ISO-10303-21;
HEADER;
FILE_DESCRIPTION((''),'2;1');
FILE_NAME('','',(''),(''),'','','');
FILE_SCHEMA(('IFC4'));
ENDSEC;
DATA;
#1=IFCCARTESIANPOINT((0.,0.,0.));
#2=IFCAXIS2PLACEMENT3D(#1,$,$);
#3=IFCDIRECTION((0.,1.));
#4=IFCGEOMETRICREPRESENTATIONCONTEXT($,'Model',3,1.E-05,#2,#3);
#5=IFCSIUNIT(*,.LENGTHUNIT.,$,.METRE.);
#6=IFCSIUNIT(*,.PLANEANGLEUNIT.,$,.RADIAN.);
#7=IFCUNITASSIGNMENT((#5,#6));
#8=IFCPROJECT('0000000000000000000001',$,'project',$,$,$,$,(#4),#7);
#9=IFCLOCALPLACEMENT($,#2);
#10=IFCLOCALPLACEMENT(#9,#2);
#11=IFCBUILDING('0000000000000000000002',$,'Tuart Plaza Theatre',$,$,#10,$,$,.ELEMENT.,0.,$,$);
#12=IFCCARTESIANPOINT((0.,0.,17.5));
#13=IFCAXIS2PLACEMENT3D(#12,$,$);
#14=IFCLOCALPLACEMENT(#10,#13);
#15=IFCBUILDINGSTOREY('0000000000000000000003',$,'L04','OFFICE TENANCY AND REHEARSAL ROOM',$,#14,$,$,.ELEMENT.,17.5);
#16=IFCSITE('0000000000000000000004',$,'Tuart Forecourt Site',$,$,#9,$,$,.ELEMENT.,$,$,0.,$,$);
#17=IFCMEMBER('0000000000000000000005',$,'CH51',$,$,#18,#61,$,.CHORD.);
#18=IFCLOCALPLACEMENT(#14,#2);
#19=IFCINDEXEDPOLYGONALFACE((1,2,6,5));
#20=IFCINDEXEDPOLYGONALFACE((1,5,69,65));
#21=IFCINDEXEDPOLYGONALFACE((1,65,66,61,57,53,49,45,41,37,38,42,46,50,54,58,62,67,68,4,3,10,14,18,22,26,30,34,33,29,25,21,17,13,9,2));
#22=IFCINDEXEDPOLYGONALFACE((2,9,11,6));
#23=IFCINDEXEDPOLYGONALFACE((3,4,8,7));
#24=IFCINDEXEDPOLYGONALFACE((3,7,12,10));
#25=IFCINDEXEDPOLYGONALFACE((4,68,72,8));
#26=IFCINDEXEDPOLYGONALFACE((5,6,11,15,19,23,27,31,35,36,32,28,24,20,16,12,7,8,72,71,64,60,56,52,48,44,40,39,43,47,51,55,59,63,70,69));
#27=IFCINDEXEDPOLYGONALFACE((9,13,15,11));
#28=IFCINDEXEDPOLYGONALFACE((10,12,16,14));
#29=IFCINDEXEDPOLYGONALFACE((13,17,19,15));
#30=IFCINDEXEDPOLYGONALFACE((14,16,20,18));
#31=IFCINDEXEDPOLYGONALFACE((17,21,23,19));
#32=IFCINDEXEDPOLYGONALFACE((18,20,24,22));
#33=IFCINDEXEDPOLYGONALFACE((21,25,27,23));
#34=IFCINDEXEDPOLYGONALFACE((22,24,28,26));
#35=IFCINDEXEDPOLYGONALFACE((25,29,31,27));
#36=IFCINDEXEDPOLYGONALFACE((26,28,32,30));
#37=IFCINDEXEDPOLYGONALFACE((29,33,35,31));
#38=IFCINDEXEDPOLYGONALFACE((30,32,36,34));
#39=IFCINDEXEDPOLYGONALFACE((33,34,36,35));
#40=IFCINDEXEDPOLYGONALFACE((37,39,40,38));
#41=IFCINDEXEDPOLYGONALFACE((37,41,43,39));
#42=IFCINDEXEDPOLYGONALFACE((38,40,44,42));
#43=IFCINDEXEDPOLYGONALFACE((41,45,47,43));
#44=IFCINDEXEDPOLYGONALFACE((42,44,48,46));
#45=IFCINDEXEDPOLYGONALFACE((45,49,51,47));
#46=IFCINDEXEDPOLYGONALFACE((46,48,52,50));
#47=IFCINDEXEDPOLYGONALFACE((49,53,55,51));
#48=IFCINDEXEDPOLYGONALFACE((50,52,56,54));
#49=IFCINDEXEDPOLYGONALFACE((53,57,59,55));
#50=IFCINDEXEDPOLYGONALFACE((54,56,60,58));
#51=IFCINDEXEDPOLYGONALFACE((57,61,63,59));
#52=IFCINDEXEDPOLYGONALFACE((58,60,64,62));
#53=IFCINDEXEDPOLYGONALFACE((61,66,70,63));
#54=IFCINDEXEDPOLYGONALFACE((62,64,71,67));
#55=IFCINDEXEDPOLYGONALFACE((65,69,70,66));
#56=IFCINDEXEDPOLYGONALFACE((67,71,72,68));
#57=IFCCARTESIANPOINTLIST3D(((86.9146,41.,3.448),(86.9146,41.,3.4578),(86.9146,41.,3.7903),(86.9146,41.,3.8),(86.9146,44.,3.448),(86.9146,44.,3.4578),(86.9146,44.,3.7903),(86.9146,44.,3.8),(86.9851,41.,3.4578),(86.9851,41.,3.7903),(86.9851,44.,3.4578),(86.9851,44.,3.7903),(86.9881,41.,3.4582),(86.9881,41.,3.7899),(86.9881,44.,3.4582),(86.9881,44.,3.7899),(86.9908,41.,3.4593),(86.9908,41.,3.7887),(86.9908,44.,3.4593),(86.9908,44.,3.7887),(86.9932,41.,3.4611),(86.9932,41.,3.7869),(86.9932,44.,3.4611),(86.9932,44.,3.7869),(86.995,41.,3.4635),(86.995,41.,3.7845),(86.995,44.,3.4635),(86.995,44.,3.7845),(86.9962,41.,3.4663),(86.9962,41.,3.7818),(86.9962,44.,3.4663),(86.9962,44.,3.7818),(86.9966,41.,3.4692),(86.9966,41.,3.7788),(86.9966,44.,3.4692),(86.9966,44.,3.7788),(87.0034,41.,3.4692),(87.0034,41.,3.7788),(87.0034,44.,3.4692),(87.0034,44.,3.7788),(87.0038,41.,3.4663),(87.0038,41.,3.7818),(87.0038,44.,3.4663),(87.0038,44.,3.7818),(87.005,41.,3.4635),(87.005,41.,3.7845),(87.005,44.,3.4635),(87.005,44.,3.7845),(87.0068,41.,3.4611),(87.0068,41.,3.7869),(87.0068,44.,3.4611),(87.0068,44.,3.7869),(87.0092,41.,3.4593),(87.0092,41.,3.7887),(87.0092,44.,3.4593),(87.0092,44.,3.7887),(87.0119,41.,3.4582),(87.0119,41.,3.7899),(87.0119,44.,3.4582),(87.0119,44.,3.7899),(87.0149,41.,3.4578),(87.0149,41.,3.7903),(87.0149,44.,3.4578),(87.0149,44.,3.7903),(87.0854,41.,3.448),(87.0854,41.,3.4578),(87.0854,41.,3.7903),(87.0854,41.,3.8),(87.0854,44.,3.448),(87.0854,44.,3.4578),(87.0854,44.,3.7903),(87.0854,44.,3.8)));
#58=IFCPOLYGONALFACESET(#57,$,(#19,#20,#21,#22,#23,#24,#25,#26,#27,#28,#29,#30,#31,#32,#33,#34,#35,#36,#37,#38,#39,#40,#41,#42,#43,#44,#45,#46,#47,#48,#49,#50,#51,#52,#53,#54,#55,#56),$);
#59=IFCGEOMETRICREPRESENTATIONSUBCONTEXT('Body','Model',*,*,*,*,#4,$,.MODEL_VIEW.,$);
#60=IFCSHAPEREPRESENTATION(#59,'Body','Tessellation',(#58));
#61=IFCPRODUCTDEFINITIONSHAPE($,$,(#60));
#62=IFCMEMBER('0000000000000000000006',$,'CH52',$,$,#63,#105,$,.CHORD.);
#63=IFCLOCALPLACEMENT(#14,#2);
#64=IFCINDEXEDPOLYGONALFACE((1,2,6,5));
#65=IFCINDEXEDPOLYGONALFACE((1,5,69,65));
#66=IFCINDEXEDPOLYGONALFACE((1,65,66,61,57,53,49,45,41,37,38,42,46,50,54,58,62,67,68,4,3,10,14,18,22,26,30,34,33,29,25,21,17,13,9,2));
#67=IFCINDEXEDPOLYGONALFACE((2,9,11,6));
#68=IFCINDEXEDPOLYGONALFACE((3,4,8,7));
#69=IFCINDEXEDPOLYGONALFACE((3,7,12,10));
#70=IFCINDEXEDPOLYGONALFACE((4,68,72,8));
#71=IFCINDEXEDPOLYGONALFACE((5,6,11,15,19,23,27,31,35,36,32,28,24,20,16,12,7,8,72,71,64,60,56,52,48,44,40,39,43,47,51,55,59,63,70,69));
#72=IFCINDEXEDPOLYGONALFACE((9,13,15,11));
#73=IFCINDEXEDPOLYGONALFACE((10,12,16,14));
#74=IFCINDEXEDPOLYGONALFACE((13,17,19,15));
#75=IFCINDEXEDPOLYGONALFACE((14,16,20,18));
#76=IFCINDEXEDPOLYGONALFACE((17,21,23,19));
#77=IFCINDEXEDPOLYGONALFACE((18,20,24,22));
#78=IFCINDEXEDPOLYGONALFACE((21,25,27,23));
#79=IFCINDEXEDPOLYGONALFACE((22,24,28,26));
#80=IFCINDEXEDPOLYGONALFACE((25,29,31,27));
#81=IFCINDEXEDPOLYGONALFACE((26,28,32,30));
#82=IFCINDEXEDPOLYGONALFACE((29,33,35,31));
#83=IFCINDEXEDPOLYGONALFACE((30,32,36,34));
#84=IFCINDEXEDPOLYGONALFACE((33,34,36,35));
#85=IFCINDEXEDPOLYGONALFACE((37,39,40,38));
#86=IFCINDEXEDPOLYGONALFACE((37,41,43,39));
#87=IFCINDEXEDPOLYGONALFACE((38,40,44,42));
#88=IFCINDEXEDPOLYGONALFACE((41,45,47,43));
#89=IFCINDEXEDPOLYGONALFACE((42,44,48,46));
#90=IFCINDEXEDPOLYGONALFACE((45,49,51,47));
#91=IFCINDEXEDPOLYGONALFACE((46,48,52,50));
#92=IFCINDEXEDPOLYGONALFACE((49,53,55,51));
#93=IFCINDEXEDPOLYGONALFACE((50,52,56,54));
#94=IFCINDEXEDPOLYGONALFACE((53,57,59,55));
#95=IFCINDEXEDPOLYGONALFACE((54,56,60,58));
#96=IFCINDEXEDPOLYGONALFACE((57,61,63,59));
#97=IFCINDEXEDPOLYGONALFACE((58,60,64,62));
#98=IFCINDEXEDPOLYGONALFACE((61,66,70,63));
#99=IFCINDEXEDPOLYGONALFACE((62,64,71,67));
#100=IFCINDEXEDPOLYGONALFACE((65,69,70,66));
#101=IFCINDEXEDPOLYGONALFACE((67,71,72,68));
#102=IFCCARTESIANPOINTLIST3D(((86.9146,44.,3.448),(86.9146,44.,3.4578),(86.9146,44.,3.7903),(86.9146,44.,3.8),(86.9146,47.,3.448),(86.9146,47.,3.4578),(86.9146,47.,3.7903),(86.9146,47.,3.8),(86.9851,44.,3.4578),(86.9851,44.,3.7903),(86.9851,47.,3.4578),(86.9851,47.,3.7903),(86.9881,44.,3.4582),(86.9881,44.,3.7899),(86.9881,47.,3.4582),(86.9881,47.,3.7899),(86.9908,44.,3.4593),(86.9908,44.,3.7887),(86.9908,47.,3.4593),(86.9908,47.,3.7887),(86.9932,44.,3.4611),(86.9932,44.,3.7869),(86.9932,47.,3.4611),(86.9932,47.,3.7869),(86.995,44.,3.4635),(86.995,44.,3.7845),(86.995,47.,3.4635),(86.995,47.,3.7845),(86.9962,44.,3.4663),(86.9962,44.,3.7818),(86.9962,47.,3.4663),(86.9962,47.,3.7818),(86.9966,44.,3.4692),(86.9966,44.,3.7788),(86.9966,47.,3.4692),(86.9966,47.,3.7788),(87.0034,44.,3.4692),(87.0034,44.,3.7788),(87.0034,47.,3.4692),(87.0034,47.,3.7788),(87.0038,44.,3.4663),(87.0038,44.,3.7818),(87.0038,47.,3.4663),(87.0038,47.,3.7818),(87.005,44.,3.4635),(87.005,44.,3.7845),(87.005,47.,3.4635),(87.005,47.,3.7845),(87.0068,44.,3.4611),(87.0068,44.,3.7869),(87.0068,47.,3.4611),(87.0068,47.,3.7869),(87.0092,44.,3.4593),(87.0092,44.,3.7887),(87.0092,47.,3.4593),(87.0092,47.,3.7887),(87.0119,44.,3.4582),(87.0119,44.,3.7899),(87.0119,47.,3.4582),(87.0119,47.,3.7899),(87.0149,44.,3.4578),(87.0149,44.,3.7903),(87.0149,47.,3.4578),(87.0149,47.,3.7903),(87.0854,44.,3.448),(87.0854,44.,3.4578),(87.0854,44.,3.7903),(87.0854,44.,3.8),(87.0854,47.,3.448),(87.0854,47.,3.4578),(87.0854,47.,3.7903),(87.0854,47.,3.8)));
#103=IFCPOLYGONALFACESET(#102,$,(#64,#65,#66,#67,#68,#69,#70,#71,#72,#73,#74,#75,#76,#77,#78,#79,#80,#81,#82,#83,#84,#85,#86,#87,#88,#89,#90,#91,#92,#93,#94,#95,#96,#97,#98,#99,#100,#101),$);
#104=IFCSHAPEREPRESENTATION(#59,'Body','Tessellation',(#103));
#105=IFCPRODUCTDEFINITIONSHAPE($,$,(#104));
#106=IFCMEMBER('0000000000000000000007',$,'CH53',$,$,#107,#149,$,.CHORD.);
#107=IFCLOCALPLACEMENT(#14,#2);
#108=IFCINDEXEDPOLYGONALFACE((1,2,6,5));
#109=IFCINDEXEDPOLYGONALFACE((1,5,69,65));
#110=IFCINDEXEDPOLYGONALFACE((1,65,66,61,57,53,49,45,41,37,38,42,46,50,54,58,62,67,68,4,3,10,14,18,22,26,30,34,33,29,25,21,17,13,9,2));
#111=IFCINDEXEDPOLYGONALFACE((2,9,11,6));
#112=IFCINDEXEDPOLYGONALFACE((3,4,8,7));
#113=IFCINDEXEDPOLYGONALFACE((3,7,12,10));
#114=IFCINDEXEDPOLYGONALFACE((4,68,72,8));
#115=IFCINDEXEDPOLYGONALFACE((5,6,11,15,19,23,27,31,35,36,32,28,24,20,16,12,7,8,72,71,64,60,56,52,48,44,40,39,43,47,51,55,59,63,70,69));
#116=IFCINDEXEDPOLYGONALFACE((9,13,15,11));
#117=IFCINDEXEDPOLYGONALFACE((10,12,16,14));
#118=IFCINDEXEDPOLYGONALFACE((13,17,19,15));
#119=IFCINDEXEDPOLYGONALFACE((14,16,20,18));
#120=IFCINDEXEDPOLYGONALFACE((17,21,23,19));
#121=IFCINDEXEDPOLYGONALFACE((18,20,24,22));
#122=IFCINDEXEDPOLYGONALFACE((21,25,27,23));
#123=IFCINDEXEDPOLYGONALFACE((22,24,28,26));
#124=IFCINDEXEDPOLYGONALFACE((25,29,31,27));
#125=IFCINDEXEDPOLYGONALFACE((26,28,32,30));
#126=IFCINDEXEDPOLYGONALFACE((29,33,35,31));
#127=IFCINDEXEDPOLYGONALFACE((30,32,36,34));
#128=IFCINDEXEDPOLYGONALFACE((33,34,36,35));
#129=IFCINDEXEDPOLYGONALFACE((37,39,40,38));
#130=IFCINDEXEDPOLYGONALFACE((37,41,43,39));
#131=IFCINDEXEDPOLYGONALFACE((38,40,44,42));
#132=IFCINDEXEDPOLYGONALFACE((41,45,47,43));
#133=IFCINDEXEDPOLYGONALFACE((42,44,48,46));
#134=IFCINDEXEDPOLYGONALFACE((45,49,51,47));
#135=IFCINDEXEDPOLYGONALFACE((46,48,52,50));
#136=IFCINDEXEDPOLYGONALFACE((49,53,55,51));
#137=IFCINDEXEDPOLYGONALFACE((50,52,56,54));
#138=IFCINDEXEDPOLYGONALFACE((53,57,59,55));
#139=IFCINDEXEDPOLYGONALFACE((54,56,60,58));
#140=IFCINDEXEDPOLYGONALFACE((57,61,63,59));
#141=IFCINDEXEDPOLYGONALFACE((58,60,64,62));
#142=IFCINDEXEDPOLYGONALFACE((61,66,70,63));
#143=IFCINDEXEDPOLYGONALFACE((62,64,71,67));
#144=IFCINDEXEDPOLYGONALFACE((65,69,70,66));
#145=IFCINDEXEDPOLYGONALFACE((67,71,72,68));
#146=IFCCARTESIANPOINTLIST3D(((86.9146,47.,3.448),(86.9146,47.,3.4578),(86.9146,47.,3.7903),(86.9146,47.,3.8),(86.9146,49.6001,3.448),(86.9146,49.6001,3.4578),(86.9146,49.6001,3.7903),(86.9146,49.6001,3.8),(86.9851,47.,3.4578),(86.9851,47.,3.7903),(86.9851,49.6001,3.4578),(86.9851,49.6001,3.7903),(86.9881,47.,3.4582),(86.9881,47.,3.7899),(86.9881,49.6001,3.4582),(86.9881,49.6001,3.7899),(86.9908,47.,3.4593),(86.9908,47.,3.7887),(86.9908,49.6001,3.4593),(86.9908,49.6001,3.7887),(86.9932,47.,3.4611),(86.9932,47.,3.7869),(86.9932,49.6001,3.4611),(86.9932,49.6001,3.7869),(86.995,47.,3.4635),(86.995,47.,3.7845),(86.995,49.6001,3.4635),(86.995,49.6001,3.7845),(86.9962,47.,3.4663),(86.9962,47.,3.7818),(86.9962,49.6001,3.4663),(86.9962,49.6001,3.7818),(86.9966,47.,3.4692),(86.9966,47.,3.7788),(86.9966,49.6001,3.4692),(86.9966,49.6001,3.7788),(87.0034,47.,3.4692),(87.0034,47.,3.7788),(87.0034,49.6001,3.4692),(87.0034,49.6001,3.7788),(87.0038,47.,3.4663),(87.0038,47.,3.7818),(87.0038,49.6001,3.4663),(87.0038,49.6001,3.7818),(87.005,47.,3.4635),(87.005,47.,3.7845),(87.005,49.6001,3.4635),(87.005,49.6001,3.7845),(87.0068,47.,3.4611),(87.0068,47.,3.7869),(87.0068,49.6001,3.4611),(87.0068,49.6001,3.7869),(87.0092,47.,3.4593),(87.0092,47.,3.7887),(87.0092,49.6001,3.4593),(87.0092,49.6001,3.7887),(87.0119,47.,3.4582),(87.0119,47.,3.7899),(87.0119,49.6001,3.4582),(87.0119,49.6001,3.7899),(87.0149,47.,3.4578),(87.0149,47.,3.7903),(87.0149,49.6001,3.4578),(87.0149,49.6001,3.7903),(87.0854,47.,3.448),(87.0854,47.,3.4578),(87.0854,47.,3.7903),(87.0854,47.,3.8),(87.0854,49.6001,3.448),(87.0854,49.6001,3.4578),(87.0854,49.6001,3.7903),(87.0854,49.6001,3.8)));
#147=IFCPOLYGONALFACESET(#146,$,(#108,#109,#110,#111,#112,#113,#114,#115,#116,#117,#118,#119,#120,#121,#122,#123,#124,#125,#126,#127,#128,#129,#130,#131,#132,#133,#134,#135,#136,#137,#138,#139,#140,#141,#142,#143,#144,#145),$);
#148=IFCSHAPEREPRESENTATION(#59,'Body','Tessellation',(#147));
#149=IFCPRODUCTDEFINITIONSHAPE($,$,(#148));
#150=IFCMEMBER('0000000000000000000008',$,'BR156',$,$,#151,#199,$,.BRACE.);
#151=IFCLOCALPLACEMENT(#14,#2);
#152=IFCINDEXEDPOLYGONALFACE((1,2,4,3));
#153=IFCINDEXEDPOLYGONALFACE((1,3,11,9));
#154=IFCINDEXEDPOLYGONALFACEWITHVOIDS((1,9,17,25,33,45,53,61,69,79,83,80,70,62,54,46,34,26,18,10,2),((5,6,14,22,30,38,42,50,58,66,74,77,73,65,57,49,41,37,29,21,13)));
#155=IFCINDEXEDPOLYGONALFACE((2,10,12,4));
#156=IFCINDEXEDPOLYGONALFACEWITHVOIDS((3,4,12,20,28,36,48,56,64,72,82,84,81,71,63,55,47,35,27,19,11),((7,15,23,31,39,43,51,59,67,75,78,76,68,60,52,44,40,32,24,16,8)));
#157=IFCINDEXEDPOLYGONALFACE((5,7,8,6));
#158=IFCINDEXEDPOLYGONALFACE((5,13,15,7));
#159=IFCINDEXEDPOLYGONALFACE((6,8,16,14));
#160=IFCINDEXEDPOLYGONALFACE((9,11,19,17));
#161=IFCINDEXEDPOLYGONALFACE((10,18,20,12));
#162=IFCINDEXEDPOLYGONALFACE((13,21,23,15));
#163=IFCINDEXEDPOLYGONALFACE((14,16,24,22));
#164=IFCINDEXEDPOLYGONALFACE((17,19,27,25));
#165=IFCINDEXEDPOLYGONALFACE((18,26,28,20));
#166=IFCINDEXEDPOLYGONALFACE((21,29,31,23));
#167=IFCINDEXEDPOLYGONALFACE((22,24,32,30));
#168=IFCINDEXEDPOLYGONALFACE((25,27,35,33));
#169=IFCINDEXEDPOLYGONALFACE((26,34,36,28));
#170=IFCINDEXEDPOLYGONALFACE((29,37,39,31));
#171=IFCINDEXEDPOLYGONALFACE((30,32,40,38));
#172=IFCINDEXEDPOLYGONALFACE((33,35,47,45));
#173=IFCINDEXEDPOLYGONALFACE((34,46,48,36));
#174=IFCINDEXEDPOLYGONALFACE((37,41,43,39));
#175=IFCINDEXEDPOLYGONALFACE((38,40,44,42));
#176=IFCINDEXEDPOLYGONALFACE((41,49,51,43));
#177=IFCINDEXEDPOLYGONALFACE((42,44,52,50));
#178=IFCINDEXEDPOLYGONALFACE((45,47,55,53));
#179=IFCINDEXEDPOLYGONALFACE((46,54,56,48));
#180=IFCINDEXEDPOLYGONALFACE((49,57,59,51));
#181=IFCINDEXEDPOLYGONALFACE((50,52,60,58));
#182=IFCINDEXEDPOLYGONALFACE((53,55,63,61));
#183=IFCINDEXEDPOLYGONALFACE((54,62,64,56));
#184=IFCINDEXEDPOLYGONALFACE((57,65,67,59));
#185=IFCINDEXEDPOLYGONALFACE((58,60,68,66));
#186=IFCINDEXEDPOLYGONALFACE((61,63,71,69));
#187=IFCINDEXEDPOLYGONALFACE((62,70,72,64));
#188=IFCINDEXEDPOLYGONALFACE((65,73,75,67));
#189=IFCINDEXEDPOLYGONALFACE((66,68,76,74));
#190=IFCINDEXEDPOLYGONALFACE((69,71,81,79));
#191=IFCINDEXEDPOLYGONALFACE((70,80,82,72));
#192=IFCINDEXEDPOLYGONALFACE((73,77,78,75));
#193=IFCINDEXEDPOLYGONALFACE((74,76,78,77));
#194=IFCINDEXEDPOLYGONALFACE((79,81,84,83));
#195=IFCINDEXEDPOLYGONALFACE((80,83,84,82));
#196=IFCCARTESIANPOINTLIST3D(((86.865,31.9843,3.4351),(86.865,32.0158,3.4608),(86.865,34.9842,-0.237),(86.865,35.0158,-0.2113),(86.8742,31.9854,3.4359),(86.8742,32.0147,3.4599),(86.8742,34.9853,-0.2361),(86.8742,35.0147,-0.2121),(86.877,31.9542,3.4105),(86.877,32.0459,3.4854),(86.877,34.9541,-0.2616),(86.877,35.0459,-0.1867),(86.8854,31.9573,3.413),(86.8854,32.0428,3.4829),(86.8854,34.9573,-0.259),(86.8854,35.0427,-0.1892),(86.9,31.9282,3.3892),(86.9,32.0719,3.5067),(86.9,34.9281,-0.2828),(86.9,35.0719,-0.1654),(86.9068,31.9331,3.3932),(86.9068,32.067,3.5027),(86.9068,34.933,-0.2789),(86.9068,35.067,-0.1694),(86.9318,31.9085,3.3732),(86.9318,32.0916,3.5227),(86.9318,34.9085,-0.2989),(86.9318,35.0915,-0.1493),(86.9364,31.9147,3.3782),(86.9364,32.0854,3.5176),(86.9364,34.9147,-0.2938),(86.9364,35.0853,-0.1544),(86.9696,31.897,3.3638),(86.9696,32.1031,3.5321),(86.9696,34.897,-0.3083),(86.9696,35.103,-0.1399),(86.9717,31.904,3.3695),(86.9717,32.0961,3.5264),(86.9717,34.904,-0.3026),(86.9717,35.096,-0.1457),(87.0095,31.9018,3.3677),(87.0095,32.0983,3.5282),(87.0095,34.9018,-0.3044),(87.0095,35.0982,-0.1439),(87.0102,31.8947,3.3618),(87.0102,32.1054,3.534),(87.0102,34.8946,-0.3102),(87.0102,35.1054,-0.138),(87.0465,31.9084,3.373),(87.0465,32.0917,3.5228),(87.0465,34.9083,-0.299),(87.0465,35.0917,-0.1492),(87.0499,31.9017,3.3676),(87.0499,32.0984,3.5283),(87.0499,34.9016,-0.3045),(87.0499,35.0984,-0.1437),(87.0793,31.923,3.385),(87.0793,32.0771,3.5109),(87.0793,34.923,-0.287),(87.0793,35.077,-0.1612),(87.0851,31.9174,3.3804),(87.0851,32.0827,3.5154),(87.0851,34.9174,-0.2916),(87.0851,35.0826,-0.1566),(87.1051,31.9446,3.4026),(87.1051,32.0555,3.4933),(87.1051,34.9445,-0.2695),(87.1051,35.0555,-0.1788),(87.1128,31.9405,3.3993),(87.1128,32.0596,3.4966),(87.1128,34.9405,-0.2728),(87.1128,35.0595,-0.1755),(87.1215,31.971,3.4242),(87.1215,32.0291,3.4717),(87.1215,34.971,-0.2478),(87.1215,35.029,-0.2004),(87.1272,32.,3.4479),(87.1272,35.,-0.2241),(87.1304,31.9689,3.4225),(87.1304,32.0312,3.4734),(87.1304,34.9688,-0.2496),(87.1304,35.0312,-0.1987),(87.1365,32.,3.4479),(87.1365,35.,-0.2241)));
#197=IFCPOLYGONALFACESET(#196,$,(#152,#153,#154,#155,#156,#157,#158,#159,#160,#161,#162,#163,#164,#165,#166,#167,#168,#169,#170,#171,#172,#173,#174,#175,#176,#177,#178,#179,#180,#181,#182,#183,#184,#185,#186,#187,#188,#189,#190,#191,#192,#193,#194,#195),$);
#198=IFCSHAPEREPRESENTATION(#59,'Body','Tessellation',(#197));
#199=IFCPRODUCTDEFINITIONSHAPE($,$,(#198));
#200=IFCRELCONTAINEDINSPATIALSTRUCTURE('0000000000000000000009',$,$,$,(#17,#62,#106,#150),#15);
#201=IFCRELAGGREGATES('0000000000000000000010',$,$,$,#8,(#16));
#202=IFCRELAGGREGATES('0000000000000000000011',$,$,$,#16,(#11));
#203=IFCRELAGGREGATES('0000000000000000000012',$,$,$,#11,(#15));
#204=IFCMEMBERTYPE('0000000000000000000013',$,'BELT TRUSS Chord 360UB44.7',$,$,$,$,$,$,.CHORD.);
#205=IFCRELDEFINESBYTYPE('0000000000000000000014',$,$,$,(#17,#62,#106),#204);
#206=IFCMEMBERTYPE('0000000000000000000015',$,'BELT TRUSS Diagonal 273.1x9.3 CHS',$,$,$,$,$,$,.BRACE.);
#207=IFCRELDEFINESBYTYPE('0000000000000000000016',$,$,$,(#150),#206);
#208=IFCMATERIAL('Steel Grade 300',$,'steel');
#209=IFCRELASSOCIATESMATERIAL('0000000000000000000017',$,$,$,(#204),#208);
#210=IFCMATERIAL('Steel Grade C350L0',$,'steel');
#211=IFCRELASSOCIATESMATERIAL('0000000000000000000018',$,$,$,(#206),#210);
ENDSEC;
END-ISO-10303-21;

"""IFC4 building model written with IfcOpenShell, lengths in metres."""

from ifc_helpers import new_model, si_unit, direction, frame, origin, origin_2d, place, context, subcontext, project, spatial, hollow_circle, i_section, extrude, material, material_profile, profile_set, type_object, element, save


model = new_model("IFC4")

# Units and contexts
model_context = context("Model", 3, precision=1e-05, world=origin(), true_north=direction((0.0, 1.0)))
body_context = subcontext(model_context, "Body", "Model", "MODEL_VIEW")
ifc_project = project(units=[si_unit("LENGTHUNIT", "METRE"), si_unit("PLANEANGLEUNIT", "RADIAN")], contexts=[model_context])

# Site, building, storey
site_placement = place(None, origin())
site = spatial("IfcSite", under=ifc_project, at=site_placement, Name="Tuart Forecourt Site", CompositionType="ELEMENT", RefElevation=0.0)
building_placement = place(site_placement, origin())
building = spatial("IfcBuilding", under=site, at=building_placement, Name="Tuart Plaza Theatre", CompositionType="ELEMENT", ElevationOfRefHeight=0.0)
storey_placement = place(building_placement, frame((0.0, 0.0, 17.5)))
storey = spatial("IfcBuildingStorey", under=building, at=storey_placement, Name="L04", Description="OFFICE TENANCY AND REHEARSAL ROOM", CompositionType="ELEMENT", Elevation=17.5)

# Members
ifc_material_1 = material(Name="Steel Grade 300", Category="steel")
ifc_material_profile_1 = material_profile(ifc_material_1, i_section(OverallWidth=0.1709, OverallDepth=0.3521, WebThickness=0.0068, FlangeThickness=0.0098, FilletRadius=0.0115, at=origin_2d()), Name="360UB44.7")
ifc_profile_set_1 = profile_set([ifc_material_profile_1], Name="Steel Grade 300")
member_type_1 = type_object("IfcMemberType", Name="BELT TRUSS Chord 360UB44.7", PredefinedType="CHORD", material=ifc_profile_set_1)
for number, where, z_axis, x_axis, name in (
    (1, (87.0, 41.0, 3.624), (0.0, 1.0, 0.0), (-1.0, 0.0, 0.0), "CH51"),
    (2, (87.0, 44.0, 3.624), (0.0, 1.0, 0.0), (-1.0, 0.0, 0.0), "CH52"),
):
    element("IfcMember", number, at=place(storey_placement, frame(where, z_axis=z_axis, x_axis=x_axis)), inside=storey, type_object=member_type_1, Name=name, PredefinedType="CHORD", context=body_context, shape_type="SweptSolid", body=[
        extrude(i_section(OverallWidth=0.1709, OverallDepth=0.3521, WebThickness=0.0068, FlangeThickness=0.0098, FilletRadius=0.0115, at=origin_2d()), origin(), (0.0, 0.0, 1.0), 3.0),
    ])
member_1_placement = place(storey_placement, frame((87.0, 47.0, 3.624), z_axis=(0.0, 1.0, 0.0), x_axis=(-1.0, 0.0, 0.0)))
element("IfcMember", 3, at=member_1_placement, inside=storey, type_object=member_type_1, Name="CH53", PredefinedType="CHORD", context=body_context, shape_type="SweptSolid", body=[
    extrude(i_section(OverallWidth=0.1709, OverallDepth=0.3521, WebThickness=0.0068, FlangeThickness=0.0098, FilletRadius=0.0115, at=origin_2d()), origin(), (0.0, 0.0, 1.0), 2.6001),
])
ifc_material_2 = material(Name="Steel Grade C350L0", Category="steel")
ifc_material_profile_2 = material_profile(ifc_material_2, hollow_circle(Radius=0.1365, WallThickness=0.0093, at=origin_2d()), Name="273.1x9.3 CHS")
ifc_profile_set_2 = profile_set([ifc_material_profile_2], Name="Steel Grade C350L0")
member_type_2 = type_object("IfcMemberType", Name="BELT TRUSS Diagonal 273.1x9.3 CHS", PredefinedType="BRACE", material=ifc_profile_set_2)
for number, where, z_axis, x_axis, name in (
    (4, (87.0, 35.0, -0.2241), (0.0, -0.632674, 0.774418), (1.0, 0.0, 0.0), "BR156"),
):
    element("IfcMember", number, at=place(storey_placement, frame(where, z_axis=z_axis, x_axis=x_axis)), inside=storey, type_object=member_type_2, Name=name, PredefinedType="BRACE", context=body_context, shape_type="SweptSolid", body=[
        extrude(hollow_circle(Radius=0.1365, WallThickness=0.0093, at=origin_2d()), origin(), (0.0, 0.0, 1.0), 4.7417),
    ])

save(model, "model.ifc")
